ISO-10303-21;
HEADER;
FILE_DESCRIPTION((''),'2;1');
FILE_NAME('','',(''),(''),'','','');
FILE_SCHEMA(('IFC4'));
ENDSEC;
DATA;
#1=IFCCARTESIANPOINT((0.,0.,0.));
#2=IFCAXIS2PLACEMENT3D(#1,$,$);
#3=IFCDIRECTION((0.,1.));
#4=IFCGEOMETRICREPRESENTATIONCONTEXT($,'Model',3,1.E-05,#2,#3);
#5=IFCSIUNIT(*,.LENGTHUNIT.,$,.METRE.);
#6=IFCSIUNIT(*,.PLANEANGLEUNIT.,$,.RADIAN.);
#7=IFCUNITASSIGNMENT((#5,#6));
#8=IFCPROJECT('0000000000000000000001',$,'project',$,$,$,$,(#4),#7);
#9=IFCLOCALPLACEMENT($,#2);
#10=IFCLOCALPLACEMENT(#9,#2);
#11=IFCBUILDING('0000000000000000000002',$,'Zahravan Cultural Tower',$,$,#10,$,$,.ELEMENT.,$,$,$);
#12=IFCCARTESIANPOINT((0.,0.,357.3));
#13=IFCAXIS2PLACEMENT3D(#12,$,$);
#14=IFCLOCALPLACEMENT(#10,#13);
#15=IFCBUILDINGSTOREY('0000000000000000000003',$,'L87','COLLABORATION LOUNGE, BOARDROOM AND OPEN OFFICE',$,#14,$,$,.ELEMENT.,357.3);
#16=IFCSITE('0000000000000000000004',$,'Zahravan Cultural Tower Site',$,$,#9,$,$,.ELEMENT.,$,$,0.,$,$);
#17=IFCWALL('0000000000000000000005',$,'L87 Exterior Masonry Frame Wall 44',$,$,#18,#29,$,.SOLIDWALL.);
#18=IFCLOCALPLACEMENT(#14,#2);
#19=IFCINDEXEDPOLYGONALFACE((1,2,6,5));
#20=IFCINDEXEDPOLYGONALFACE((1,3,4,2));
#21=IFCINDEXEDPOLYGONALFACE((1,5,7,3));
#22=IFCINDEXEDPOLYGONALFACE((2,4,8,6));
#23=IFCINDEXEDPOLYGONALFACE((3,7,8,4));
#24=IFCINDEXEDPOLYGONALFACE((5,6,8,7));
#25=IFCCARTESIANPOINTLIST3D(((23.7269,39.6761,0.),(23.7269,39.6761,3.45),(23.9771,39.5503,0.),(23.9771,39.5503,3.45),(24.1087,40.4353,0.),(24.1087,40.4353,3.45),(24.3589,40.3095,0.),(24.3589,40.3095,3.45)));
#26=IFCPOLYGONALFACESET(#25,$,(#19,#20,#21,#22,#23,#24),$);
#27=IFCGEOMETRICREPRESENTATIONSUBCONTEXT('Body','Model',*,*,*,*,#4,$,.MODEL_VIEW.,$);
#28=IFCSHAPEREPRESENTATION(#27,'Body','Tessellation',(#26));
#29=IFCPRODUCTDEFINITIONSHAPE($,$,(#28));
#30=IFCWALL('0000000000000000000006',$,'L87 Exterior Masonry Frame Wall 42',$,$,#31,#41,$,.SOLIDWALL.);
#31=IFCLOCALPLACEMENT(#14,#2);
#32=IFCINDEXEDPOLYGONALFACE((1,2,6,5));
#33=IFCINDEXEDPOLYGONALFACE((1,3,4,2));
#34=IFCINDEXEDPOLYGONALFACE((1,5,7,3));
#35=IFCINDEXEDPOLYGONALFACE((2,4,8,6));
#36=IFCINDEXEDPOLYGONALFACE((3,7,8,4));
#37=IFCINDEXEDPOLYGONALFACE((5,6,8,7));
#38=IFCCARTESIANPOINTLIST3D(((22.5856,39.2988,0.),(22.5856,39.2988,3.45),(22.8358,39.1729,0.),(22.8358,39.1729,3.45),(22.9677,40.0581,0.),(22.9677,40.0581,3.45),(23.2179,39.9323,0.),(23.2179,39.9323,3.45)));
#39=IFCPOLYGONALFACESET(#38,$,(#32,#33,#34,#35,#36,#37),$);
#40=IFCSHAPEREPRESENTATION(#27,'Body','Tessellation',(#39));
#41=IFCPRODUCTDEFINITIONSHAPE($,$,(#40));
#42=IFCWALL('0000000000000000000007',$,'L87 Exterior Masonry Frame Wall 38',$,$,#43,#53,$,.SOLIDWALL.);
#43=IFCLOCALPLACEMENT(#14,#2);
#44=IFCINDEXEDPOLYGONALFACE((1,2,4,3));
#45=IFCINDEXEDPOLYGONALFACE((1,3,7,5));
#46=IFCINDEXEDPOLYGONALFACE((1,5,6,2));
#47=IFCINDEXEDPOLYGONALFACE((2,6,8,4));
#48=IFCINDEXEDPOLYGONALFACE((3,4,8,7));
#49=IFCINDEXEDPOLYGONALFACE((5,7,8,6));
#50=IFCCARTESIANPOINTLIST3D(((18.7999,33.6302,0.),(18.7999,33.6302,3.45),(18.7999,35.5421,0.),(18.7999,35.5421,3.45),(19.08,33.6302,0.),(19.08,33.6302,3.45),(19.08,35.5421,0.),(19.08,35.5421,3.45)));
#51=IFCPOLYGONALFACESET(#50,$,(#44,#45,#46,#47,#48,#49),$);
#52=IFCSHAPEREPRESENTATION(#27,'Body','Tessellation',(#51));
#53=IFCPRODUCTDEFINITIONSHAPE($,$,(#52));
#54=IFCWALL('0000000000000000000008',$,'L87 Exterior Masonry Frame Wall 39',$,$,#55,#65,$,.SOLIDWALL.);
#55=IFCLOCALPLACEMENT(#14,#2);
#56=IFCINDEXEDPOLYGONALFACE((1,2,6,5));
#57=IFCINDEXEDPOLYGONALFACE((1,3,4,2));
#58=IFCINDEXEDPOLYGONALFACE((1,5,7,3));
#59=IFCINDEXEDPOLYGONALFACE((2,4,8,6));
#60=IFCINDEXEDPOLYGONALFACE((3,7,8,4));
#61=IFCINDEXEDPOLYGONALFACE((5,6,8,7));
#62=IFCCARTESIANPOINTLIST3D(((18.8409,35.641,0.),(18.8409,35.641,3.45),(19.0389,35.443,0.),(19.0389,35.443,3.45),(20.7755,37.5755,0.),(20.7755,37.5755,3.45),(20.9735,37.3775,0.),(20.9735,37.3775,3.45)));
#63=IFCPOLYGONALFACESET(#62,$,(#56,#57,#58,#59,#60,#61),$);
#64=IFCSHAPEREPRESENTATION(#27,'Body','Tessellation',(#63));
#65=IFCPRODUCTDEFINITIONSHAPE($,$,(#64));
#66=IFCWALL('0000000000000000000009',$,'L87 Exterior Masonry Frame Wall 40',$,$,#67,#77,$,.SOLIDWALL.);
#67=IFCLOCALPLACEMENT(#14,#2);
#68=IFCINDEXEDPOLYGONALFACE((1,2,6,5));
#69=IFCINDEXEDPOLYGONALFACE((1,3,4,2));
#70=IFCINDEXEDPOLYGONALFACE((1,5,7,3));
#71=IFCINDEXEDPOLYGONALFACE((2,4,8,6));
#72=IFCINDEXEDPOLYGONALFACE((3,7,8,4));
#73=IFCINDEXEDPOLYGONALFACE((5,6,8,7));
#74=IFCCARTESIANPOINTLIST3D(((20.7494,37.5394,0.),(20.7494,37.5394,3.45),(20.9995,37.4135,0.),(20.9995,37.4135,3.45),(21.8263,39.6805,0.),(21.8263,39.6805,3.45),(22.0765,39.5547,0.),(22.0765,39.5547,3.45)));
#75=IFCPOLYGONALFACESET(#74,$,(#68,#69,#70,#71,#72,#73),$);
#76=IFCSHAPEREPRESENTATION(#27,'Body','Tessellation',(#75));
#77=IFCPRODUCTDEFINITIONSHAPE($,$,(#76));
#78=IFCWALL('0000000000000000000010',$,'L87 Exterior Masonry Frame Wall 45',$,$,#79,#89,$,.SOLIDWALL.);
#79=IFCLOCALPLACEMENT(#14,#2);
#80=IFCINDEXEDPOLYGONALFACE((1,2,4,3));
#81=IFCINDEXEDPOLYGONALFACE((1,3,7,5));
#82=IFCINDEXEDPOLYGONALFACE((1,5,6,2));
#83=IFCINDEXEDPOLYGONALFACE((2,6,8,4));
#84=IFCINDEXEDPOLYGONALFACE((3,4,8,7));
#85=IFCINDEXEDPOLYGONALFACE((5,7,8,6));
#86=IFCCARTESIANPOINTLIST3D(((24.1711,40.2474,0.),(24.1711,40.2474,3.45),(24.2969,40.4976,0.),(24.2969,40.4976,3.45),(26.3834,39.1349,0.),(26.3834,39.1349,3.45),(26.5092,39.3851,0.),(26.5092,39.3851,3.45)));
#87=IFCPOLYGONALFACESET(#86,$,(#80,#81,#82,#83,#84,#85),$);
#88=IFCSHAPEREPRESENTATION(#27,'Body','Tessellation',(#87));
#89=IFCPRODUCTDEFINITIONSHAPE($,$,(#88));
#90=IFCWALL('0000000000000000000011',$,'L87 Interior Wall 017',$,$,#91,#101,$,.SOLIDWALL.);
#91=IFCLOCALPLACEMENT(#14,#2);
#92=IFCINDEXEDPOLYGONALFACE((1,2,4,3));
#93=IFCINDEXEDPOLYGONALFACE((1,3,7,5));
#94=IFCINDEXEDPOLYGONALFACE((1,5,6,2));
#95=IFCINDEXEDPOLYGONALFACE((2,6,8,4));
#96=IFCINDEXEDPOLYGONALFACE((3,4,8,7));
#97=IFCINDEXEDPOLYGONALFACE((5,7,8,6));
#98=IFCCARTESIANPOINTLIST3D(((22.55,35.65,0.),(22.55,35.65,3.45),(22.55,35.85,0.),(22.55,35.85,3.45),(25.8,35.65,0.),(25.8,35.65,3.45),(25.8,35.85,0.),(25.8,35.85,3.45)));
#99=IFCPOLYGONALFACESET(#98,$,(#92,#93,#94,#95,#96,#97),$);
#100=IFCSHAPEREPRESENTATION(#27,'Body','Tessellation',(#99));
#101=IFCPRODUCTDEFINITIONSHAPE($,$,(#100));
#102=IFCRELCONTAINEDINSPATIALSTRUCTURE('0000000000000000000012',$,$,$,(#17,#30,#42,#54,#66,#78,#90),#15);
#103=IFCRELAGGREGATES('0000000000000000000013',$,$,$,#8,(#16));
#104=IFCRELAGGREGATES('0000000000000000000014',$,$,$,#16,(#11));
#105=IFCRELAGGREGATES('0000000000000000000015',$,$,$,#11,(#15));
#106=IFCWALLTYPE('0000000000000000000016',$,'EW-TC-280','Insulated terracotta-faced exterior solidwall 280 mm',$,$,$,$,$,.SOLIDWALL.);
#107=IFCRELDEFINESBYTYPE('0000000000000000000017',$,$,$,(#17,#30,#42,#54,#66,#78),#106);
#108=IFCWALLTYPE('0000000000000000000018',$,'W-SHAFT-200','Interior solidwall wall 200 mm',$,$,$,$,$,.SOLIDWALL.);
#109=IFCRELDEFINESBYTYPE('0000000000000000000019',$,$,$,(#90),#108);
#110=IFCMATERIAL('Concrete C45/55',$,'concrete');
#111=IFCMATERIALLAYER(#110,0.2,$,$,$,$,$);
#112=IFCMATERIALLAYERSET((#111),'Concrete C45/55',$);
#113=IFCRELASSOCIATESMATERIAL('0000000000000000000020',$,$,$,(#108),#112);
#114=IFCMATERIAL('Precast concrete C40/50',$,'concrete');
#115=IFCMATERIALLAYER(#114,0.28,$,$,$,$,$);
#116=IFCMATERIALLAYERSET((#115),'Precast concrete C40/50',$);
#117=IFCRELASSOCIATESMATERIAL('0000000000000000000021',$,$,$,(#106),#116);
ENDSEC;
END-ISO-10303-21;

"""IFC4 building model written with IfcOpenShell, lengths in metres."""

from ifc_helpers import new_model, si_unit, direction, frame, frame_2d, origin, place, context, subcontext, project, spatial, rectangle, extrude, source, transform, mapped, material, layer, layer_set, type_object, element, save


model = new_model("IFC4")

# Units and contexts
model_context = context("Model", 3, precision=1e-05, world=origin(), true_north=direction((0.0, 1.0)))
body_context = subcontext(model_context, "Body", "Model", "MODEL_VIEW")
ifc_project = project(units=[si_unit("LENGTHUNIT", "METRE"), si_unit("PLANEANGLEUNIT", "RADIAN")], contexts=[model_context])

# Site, building, storey
site_placement = place(None, origin())
site = spatial("IfcSite", under=ifc_project, at=site_placement, Name="Zahravan Cultural Tower Site", CompositionType="ELEMENT", RefElevation=0.0)
building_placement = place(site_placement, origin())
building = spatial("IfcBuilding", under=site, at=building_placement, Name="Zahravan Cultural Tower", CompositionType="ELEMENT")
storey_placement = place(building_placement, frame((0.0, 0.0, 357.3)))
storey = spatial("IfcBuildingStorey", under=building, at=storey_placement, Name="L87", Description="COLLABORATION LOUNGE, BOARDROOM AND OPEN OFFICE", CompositionType="ELEMENT", Elevation=357.3)

# Shared definitions
ifc_material_1 = material(Name="Concrete C45/55", Category="concrete")
ifc_layer_1 = layer(ifc_material_1, 0.2)
ifc_layer_set_1 = layer_set([ifc_layer_1], Name="Concrete C45/55")
wall_type_1 = type_object("IfcWallType", Name="W-SHAFT-200", Description="Interior solidwall wall 200 mm", PredefinedType="SOLIDWALL", material=ifc_layer_set_1)

# Walls
ifc_material_2 = material(Name="Precast concrete C40/50", Category="concrete")
ifc_layer_2 = layer(ifc_material_2, 0.28)
ifc_layer_set_2 = layer_set([ifc_layer_2], Name="Precast concrete C40/50")
wall_type_2 = type_object("IfcWallType", Name="EW-TC-280", Description="Insulated terracotta-faced exterior solidwall 280 mm", PredefinedType="SOLIDWALL", material=ifc_layer_set_2)
shared_shape_1 = source(origin(), body_context, "Body", "SweptSolid", [
    extrude(rectangle(XDim=0.8499, YDim=0.28, at=frame_2d((0.4248, 0.0))), origin(), (0.0, 0.0, 1.0), 3.45),
])
for number, where, z_axis, x_axis, name in (
    (1, (23.8521, 39.6133, 0.0), (0.0, 0.0, 1.0), (0.449281, 0.893391, 0.0), "L87 Exterior Masonry Frame Wall 44"),
):
    element("IfcWall", number, at=place(storey_placement, frame(where, z_axis=z_axis, x_axis=x_axis)), inside=storey, type_object=wall_type_2, Name=name, PredefinedType="SOLIDWALL", context=body_context, shape_type="MappedRepresentation", body=[
        mapped(shared_shape_1, transform((0.0, 0.0, 0.0), x_axis=(1.0, 0.0, 0.0), y_axis=(0.0, 1.0, 0.0), z_axis=(0.0, 0.0, 1.0), scale=1.0)),
    ])
shared_shape_2 = source(origin(), body_context, "Body", "SweptSolid", [
    extrude(rectangle(XDim=0.8501, YDim=0.28, at=frame_2d((0.425, 0.0))), origin(), (0.0, 0.0, 1.0), 3.45),
])
wall_1_placement = place(storey_placement, frame((22.7107, 39.2358, 0.0), z_axis=(0.0, 0.0, 1.0), x_axis=(0.44951, 0.893275, 0.0)))
element("IfcWall", 2, at=wall_1_placement, inside=storey, type_object=wall_type_2, Name="L87 Exterior Masonry Frame Wall 42", PredefinedType="SOLIDWALL", context=body_context, shape_type="MappedRepresentation", body=[
    mapped(shared_shape_2, transform((0.0, 0.0, 0.0), x_axis=(1.0, 0.0, 0.0), y_axis=(0.0, 1.0, 0.0), z_axis=(0.0, 0.0, 1.0), scale=1.0)),
])
shared_shape_3 = source(origin(), body_context, "Body", "SweptSolid", [
    extrude(rectangle(XDim=1.9119, YDim=0.28, at=frame_2d((0.9561, 0.0))), origin(), (0.0, 0.0, 1.0), 3.45),
])
wall_2_placement = place(storey_placement, frame((18.9399, 33.6301, 0.0), z_axis=(0.0, 0.0, 1.0), x_axis=(0.0, 1.0, 0.0)))
element("IfcWall", 3, at=wall_2_placement, inside=storey, type_object=wall_type_2, Name="L87 Exterior Masonry Frame Wall 38", PredefinedType="SOLIDWALL", context=body_context, shape_type="MappedRepresentation", body=[
    mapped(shared_shape_3, transform((0.0, 0.0, 0.0), x_axis=(1.0, 0.0, 0.0), y_axis=(0.0, 1.0, 0.0), z_axis=(0.0, 0.0, 1.0), scale=1.0)),
])
shared_shape_4 = source(origin(), body_context, "Body", "SweptSolid", [
    extrude(rectangle(XDim=2.7358, YDim=0.28, at=frame_2d((1.3679, 0.0))), origin(), (0.0, 0.0, 1.0), 3.45),
])
wall_3_placement = place(storey_placement, frame((18.9399, 35.542, 0.0), z_axis=(0.0, 0.0, 1.0), x_axis=(0.707107, 0.707107, 0.0)))
element("IfcWall", 4, at=wall_3_placement, inside=storey, type_object=wall_type_2, Name="L87 Exterior Masonry Frame Wall 39", PredefinedType="SOLIDWALL", context=body_context, shape_type="MappedRepresentation", body=[
    mapped(shared_shape_4, transform((0.0, 0.0, 0.0), x_axis=(1.0, 0.0, 0.0), y_axis=(0.0, 1.0, 0.0), z_axis=(0.0, 0.0, 1.0), scale=1.0)),
])
shared_shape_5 = source(origin(), body_context, "Body", "SweptSolid", [
    extrude(rectangle(XDim=2.3967, YDim=0.28, at=frame_2d((1.1982, 0.0))), origin(), (0.0, 0.0, 1.0), 3.45),
])
wall_4_placement = place(storey_placement, frame((20.8745, 37.4766, 0.0), z_axis=(0.0, 0.0, 1.0), x_axis=(0.449331, 0.893365, 0.0)))
element("IfcWall", 5, at=wall_4_placement, inside=storey, type_object=wall_type_2, Name="L87 Exterior Masonry Frame Wall 40", PredefinedType="SOLIDWALL", context=body_context, shape_type="MappedRepresentation", body=[
    mapped(shared_shape_5, transform((0.0, 0.0, 0.0), x_axis=(1.0, 0.0, 0.0), y_axis=(0.0, 1.0, 0.0), z_axis=(0.0, 0.0, 1.0), scale=1.0)),
])
shared_shape_6 = source(origin(), body_context, "Body", "SweptSolid", [
    extrude(rectangle(XDim=2.4763, YDim=0.28, at=frame_2d((1.2383, 0.0))), origin(), (0.0, 0.0, 1.0), 3.45),
])
wall_5_placement = place(storey_placement, frame((24.2339, 40.3726, 0.0), z_axis=(0.0, 0.0, 1.0), x_axis=(0.8934, -0.449263, 0.0)))
element("IfcWall", 6, at=wall_5_placement, inside=storey, type_object=wall_type_2, Name="L87 Exterior Masonry Frame Wall 45", PredefinedType="SOLIDWALL", context=body_context, shape_type="MappedRepresentation", body=[
    mapped(shared_shape_6, transform((0.0, 0.0, 0.0), x_axis=(1.0, 0.0, 0.0), y_axis=(0.0, 1.0, 0.0), z_axis=(0.0, 0.0, 1.0), scale=1.0)),
])
shared_shape_7 = source(origin(), body_context, "Body", "SweptSolid", [
    extrude(rectangle(XDim=3.25, YDim=0.2, at=frame_2d((1.625, 0.0))), origin(), (0.0, 0.0, 1.0), 3.45),
])
wall_6_placement = place(storey_placement, frame((22.55, 35.75, 0.0), z_axis=(0.0, 0.0, 1.0), x_axis=(1.0, 0.0, 0.0)))
element("IfcWall", 7, at=wall_6_placement, inside=storey, type_object=wall_type_1, Name="L87 Interior Wall 017", PredefinedType="SOLIDWALL", context=body_context, shape_type="MappedRepresentation", body=[
    mapped(shared_shape_7, transform((0.0, 0.0, 0.0), x_axis=(1.0, 0.0, 0.0), y_axis=(0.0, 1.0, 0.0), z_axis=(0.0, 0.0, 1.0), scale=1.0)),
])

save(model, "model.ifc")
